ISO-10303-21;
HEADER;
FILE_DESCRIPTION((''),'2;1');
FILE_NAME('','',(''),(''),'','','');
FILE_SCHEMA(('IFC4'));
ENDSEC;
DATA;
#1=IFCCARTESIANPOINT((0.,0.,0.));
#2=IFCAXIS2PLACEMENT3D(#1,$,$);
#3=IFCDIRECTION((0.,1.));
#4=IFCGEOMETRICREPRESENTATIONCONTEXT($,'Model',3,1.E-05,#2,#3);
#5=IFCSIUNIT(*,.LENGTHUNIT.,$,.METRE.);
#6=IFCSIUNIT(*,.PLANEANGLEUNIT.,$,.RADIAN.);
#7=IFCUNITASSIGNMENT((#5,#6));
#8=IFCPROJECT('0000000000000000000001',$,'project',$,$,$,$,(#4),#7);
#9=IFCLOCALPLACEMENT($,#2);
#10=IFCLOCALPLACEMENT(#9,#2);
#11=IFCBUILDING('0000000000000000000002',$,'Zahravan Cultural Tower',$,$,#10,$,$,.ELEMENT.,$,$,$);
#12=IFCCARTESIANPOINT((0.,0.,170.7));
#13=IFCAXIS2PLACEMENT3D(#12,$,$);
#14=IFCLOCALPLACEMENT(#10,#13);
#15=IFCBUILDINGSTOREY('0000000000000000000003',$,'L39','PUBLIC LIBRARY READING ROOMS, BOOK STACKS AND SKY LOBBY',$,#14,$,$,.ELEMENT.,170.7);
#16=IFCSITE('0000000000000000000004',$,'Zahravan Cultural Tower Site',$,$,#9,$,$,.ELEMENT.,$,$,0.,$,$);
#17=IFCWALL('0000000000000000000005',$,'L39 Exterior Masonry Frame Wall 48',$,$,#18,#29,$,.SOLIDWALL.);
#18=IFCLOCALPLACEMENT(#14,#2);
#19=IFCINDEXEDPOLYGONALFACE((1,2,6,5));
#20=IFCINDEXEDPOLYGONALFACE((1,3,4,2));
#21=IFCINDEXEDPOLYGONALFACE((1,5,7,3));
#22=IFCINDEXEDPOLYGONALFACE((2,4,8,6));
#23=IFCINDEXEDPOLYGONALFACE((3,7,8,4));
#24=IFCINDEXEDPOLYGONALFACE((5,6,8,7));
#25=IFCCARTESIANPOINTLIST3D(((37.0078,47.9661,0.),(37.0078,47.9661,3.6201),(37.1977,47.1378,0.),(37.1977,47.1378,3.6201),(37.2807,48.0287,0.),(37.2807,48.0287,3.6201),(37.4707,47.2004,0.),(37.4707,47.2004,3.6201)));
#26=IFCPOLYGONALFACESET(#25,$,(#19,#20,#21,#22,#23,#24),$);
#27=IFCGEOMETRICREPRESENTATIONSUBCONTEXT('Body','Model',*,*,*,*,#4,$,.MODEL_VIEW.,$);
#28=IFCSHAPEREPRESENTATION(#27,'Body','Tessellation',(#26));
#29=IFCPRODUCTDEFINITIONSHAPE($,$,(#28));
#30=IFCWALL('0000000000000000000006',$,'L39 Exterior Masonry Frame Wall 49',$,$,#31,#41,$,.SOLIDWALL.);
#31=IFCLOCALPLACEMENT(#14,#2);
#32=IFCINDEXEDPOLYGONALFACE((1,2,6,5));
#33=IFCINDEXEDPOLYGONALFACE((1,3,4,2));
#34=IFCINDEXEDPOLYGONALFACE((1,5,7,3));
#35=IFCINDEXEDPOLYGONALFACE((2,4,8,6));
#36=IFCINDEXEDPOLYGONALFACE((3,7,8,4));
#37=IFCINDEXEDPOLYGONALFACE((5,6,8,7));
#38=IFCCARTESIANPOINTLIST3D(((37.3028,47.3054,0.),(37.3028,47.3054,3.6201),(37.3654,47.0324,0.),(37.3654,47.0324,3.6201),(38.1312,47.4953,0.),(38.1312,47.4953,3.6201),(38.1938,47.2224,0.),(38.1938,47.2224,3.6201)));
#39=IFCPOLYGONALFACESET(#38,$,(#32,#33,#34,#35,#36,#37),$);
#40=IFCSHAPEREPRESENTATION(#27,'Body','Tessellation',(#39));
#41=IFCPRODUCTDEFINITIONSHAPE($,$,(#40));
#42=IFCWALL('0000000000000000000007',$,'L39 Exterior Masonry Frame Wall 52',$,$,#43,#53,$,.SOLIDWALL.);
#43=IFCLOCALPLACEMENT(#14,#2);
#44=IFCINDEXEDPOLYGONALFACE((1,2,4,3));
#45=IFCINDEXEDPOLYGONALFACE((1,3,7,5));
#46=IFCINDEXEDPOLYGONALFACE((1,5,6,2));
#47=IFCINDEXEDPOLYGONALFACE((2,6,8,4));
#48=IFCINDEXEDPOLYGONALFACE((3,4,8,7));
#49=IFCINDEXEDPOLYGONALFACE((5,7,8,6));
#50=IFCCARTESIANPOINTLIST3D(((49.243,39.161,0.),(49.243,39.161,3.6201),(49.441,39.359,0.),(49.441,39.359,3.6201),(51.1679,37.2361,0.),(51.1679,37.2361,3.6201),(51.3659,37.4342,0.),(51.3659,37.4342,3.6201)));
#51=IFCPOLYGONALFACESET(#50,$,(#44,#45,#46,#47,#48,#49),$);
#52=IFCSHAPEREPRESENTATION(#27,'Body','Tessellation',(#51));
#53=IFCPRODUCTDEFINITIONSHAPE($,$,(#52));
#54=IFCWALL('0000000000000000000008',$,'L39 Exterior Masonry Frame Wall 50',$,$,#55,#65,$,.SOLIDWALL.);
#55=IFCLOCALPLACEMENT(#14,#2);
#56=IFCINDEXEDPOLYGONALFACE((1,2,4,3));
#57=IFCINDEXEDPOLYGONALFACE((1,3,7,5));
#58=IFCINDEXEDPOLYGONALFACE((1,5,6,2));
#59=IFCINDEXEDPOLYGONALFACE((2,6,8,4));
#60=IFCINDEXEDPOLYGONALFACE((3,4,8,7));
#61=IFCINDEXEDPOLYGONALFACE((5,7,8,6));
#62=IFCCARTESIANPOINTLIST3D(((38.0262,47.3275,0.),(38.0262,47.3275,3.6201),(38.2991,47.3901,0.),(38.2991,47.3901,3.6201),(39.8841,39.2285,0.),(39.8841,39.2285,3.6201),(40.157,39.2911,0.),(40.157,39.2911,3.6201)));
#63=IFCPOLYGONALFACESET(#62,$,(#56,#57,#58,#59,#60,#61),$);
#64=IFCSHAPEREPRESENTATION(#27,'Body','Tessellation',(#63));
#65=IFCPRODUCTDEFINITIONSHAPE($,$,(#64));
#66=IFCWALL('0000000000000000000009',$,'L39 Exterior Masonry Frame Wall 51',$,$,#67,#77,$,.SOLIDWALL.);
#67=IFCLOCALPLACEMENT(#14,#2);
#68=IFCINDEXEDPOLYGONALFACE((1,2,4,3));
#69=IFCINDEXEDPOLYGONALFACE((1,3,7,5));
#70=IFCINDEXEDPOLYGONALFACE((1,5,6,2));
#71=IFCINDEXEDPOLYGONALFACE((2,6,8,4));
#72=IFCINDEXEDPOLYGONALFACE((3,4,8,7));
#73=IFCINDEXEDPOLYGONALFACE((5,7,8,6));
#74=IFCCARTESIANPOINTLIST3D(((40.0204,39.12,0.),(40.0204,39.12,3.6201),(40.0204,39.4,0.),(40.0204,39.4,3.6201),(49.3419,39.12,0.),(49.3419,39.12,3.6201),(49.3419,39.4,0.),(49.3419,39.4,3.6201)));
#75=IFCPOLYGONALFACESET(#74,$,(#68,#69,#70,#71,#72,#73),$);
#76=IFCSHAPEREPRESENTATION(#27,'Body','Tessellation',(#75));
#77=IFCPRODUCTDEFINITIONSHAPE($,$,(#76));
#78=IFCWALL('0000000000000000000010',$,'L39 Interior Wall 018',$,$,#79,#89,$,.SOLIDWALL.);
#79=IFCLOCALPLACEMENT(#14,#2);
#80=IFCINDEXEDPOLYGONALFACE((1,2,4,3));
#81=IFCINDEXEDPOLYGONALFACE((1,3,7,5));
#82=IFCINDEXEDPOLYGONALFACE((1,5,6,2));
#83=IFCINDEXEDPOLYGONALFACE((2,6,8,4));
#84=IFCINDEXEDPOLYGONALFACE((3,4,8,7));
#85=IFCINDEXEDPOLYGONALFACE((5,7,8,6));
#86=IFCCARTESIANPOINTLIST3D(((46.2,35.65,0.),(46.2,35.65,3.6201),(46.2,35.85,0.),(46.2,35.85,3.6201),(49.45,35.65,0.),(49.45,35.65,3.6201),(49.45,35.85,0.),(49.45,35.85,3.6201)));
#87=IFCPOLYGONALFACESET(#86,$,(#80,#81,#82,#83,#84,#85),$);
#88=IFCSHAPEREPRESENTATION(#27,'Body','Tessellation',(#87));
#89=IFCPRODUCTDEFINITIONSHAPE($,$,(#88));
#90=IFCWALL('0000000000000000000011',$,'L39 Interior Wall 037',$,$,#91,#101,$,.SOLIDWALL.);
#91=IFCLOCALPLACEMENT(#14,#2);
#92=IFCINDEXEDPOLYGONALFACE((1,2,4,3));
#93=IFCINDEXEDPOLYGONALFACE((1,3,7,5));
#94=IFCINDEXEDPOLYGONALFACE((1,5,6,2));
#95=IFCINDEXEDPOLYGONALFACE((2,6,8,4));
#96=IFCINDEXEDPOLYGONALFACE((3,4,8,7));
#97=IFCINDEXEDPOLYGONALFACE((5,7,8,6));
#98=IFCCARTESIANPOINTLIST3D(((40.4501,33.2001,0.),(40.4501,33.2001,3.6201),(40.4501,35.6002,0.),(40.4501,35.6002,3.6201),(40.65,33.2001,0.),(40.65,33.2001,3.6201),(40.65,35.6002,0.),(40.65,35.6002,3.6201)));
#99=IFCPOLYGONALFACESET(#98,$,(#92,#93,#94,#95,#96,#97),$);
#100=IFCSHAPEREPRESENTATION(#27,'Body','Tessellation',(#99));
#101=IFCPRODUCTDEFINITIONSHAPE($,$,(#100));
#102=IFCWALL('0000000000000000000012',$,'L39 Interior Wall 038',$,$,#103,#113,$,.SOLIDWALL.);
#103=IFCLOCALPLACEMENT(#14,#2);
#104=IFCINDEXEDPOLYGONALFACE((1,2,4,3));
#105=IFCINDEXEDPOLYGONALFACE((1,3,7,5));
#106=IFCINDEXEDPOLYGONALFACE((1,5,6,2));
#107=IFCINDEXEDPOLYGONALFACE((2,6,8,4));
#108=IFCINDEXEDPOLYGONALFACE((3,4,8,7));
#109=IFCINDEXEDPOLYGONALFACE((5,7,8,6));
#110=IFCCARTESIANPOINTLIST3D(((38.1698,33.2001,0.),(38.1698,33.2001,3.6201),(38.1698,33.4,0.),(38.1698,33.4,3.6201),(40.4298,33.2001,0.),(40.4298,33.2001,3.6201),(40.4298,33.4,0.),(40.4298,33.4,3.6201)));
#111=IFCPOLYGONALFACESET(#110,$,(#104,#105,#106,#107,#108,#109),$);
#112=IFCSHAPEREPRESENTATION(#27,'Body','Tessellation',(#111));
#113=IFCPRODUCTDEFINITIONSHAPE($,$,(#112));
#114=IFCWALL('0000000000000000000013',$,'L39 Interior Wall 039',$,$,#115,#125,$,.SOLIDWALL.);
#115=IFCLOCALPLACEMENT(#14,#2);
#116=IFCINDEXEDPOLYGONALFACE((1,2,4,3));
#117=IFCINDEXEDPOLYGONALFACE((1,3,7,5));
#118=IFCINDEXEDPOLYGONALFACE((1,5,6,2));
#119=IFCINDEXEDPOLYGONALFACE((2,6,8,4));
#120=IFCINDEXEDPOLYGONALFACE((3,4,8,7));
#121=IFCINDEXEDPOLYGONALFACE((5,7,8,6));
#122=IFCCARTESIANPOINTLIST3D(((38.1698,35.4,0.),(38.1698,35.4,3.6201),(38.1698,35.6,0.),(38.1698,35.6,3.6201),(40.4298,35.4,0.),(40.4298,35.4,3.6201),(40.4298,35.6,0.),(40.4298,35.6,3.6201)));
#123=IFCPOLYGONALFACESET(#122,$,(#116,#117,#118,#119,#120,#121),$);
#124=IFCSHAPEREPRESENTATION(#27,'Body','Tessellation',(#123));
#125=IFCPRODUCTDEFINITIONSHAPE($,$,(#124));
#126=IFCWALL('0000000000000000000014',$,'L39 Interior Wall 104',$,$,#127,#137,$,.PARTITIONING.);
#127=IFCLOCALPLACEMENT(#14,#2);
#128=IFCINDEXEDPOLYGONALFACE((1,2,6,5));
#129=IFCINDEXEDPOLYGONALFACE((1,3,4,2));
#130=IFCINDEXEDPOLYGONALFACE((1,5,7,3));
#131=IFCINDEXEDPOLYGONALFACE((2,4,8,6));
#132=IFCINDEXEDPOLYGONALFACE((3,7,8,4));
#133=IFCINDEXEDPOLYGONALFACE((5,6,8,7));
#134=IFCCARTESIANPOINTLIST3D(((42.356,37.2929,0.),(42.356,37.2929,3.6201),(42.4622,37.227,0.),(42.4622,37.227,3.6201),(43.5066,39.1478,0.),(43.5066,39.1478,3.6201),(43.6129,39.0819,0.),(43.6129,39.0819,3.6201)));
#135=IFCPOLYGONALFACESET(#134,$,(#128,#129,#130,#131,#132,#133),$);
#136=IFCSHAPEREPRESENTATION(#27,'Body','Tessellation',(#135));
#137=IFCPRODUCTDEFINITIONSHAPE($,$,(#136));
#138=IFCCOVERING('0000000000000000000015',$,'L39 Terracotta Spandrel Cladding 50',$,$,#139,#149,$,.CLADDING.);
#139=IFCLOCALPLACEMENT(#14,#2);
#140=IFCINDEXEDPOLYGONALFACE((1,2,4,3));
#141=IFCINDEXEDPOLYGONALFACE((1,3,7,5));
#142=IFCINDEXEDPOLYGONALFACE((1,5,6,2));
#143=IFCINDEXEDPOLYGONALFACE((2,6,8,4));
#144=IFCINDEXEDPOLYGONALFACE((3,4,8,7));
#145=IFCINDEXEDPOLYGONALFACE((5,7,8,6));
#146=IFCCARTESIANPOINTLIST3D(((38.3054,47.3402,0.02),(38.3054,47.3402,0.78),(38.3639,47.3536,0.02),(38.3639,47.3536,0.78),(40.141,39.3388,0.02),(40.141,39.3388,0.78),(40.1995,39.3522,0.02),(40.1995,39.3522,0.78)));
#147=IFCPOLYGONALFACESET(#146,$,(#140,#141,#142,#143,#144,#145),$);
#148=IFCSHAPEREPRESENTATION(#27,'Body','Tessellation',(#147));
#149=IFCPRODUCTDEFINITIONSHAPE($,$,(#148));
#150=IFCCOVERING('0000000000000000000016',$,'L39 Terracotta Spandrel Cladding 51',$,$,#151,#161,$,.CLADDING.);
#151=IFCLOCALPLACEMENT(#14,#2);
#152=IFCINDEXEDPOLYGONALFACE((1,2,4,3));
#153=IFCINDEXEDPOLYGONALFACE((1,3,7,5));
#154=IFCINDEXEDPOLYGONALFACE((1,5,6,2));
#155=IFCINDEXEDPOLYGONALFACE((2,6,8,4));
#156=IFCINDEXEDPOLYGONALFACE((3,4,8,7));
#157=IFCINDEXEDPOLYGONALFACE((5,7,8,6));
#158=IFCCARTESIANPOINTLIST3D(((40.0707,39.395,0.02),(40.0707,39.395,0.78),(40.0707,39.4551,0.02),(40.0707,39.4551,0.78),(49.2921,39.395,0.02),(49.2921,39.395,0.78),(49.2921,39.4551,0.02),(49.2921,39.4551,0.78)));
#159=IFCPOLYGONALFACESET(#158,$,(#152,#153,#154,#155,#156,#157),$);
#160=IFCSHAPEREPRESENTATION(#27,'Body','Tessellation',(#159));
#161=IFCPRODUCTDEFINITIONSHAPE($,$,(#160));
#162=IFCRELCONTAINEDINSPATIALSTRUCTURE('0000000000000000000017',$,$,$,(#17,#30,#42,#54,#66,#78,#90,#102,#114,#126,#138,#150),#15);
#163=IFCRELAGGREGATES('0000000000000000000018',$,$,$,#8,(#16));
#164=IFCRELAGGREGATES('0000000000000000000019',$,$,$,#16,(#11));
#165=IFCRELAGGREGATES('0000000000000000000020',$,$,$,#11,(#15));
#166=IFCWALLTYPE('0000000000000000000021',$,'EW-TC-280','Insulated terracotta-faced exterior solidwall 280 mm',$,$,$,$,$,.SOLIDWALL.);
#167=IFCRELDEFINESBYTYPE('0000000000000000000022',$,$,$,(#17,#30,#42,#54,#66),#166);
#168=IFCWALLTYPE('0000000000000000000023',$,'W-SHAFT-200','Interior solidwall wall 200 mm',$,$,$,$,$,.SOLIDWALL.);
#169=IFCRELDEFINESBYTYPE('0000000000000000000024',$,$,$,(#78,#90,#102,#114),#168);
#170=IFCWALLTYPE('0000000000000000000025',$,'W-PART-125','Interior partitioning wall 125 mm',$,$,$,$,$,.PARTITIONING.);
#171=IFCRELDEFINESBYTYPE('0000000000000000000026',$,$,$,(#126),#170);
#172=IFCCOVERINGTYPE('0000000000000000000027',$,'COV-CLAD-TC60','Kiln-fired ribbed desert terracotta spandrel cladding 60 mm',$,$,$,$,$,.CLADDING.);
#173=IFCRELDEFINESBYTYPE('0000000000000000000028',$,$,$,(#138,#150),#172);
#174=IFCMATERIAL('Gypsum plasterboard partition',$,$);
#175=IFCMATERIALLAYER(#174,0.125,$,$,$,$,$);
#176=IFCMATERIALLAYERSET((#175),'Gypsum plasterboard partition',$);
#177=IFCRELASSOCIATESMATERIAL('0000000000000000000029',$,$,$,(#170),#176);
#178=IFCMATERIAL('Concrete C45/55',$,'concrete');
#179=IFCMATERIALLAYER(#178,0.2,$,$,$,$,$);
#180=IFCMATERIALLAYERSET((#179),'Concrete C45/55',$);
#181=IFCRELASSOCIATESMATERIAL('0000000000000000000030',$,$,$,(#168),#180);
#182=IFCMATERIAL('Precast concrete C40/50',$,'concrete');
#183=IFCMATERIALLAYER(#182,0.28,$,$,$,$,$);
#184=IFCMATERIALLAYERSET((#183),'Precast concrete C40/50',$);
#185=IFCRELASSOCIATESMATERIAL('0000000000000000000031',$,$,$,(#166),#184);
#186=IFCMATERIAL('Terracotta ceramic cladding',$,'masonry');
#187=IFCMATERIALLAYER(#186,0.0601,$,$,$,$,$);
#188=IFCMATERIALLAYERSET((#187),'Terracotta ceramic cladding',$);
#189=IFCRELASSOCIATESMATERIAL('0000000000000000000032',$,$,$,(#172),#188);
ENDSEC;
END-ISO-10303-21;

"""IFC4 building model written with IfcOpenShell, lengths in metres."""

from ifc_helpers import new_model, si_unit, direction, frame, frame_2d, origin, origin_2d, place, context, subcontext, project, spatial, rectangle, extrude, source, transform, mapped, material, layer, layer_set, type_object, element, save


model = new_model("IFC4")

# Units and contexts
model_context = context("Model", 3, precision=1e-05, world=origin(), true_north=direction((0.0, 1.0)))
body_context = subcontext(model_context, "Body", "Model", "MODEL_VIEW")
ifc_project = project(units=[si_unit("LENGTHUNIT", "METRE"), si_unit("PLANEANGLEUNIT", "RADIAN")], contexts=[model_context])

# Site, building, storey
site_placement = place(None, origin())
site = spatial("IfcSite", under=ifc_project, at=site_placement, Name="Zahravan Cultural Tower Site", CompositionType="ELEMENT", RefElevation=0.0)
building_placement = place(site_placement, origin())
building = spatial("IfcBuilding", under=site, at=building_placement, Name="Zahravan Cultural Tower", CompositionType="ELEMENT")
storey_placement = place(building_placement, frame((0.0, 0.0, 170.7)))
storey = spatial("IfcBuildingStorey", under=building, at=storey_placement, Name="L39", Description="PUBLIC LIBRARY READING ROOMS, BOOK STACKS AND SKY LOBBY", CompositionType="ELEMENT", Elevation=170.7)

# Shared definitions
ifc_material_1 = material(Name="Gypsum plasterboard partition")
ifc_layer_1 = layer(ifc_material_1, 0.125)
ifc_layer_set_1 = layer_set([ifc_layer_1], Name="Gypsum plasterboard partition")
wall_type_1 = type_object("IfcWallType", Name="W-PART-125", Description="Interior partitioning wall 125 mm", PredefinedType="PARTITIONING", material=ifc_layer_set_1)
ifc_material_2 = material(Name="Concrete C45/55", Category="concrete")
ifc_layer_2 = layer(ifc_material_2, 0.2)
ifc_layer_set_2 = layer_set([ifc_layer_2], Name="Concrete C45/55")
wall_type_2 = type_object("IfcWallType", Name="W-SHAFT-200", Description="Interior solidwall wall 200 mm", PredefinedType="SOLIDWALL", material=ifc_layer_set_2)

# Walls
ifc_material_3 = material(Name="Precast concrete C40/50", Category="concrete")
ifc_layer_3 = layer(ifc_material_3, 0.28)
ifc_layer_set_3 = layer_set([ifc_layer_3], Name="Precast concrete C40/50")
wall_type_3 = type_object("IfcWallType", Name="EW-TC-280", Description="Insulated terracotta-faced exterior solidwall 280 mm", PredefinedType="SOLIDWALL", material=ifc_layer_set_3)
shared_shape_1 = source(origin(), body_context, "Body", "SweptSolid", [
    extrude(rectangle(XDim=0.8499, YDim=0.28, at=frame_2d((0.4248, 0.0))), origin(), (0.0, 0.0, 1.0), 3.6201),
])
for number, where, z_axis, x_axis, name in (
    (1, (37.1443, 47.9973, 0.0), (0.0, 0.0, 1.0), (0.223496, -0.974705, 0.0), "L39 Exterior Masonry Frame Wall 48"),
    (2, (37.3342, 47.1689, 0.0), (0.0, 0.0, 1.0), (0.974705, 0.223496, 0.0), "L39 Exterior Masonry Frame Wall 49"),
):
    element("IfcWall", number, at=place(storey_placement, frame(where, z_axis=z_axis, x_axis=x_axis)), inside=storey, type_object=wall_type_3, Name=name, PredefinedType="SOLIDWALL", context=body_context, shape_type="MappedRepresentation", body=[
        mapped(shared_shape_1, transform((0.0, 0.0, 0.0), x_axis=(1.0, 0.0, 0.0), y_axis=(0.0, 1.0, 0.0), z_axis=(0.0, 0.0, 1.0), scale=1.0)),
    ])
shared_shape_2 = source(origin(), body_context, "Body", "SweptSolid", [
    extrude(rectangle(XDim=2.7222, YDim=0.28, at=frame_2d((1.3611, 0.0))), origin(), (0.0, 0.0, 1.0), 3.6201),
])
wall_1_placement = place(storey_placement, frame((49.342, 39.26, 0.0), z_axis=(0.0, 0.0, 1.0), x_axis=(0.707107, -0.707107, 0.0)))
element("IfcWall", 3, at=wall_1_placement, inside=storey, type_object=wall_type_3, Name="L39 Exterior Masonry Frame Wall 52", PredefinedType="SOLIDWALL", context=body_context, shape_type="MappedRepresentation", body=[
    mapped(shared_shape_2, transform((0.0, 0.0, 0.0), x_axis=(1.0, 0.0, 0.0), y_axis=(0.0, 1.0, 0.0), z_axis=(0.0, 0.0, 1.0), scale=1.0)),
])
shared_shape_3 = source(origin(), body_context, "Body", "SweptSolid", [
    extrude(rectangle(XDim=8.3093, YDim=0.28, at=frame_2d((4.1548, 0.0))), origin(), (0.0, 0.0, 1.0), 3.6201),
])
wall_2_placement = place(storey_placement, frame((38.1626, 47.3589, 0.0), z_axis=(0.0, 0.0, 1.0), x_axis=(0.223595, -0.974682, 0.0)))
element("IfcWall", 4, at=wall_2_placement, inside=storey, type_object=wall_type_3, Name="L39 Exterior Masonry Frame Wall 50", PredefinedType="SOLIDWALL", context=body_context, shape_type="MappedRepresentation", body=[
    mapped(shared_shape_3, transform((0.0, 0.0, 0.0), x_axis=(1.0, 0.0, 0.0), y_axis=(0.0, 1.0, 0.0), z_axis=(0.0, 0.0, 1.0), scale=1.0)),
])
shared_shape_4 = source(origin(), body_context, "Body", "SweptSolid", [
    extrude(rectangle(XDim=9.3215, YDim=0.28, at=frame_2d((4.6606, 0.0))), origin(), (0.0, 0.0, 1.0), 3.6201),
])
wall_3_placement = place(storey_placement, frame((40.0205, 39.26, 0.0), z_axis=(0.0, 0.0, 1.0), x_axis=(1.0, 0.0, 0.0)))
element("IfcWall", 5, at=wall_3_placement, inside=storey, type_object=wall_type_3, Name="L39 Exterior Masonry Frame Wall 51", PredefinedType="SOLIDWALL", context=body_context, shape_type="MappedRepresentation", body=[
    mapped(shared_shape_4, transform((0.0, 0.0, 0.0), x_axis=(1.0, 0.0, 0.0), y_axis=(0.0, 1.0, 0.0), z_axis=(0.0, 0.0, 1.0), scale=1.0)),
])
shared_shape_5 = source(origin(), body_context, "Body", "SweptSolid", [
    extrude(rectangle(XDim=3.25, YDim=0.2, at=frame_2d((1.625, 0.0))), origin(), (0.0, 0.0, 1.0), 3.6201),
])
wall_4_placement = place(storey_placement, frame((46.2, 35.75, 0.0), z_axis=(0.0, 0.0, 1.0), x_axis=(1.0, 0.0, 0.0)))
element("IfcWall", 6, at=wall_4_placement, inside=storey, type_object=wall_type_2, Name="L39 Interior Wall 018", PredefinedType="SOLIDWALL", context=body_context, shape_type="MappedRepresentation", body=[
    mapped(shared_shape_5, transform((0.0, 0.0, 0.0), x_axis=(1.0, 0.0, 0.0), y_axis=(0.0, 1.0, 0.0), z_axis=(0.0, 0.0, 1.0), scale=1.0)),
])
shared_shape_6 = source(origin(), body_context, "Body", "SweptSolid", [
    extrude(rectangle(XDim=2.4001, YDim=0.2, at=frame_2d((1.2002, 0.0))), origin(), (0.0, 0.0, 1.0), 3.6201),
])
wall_5_placement = place(storey_placement, frame((40.55, 33.2, 0.0), z_axis=(0.0, 0.0, 1.0), x_axis=(0.0, 1.0, 0.0)))
element("IfcWall", 7, at=wall_5_placement, inside=storey, type_object=wall_type_2, Name="L39 Interior Wall 037", PredefinedType="SOLIDWALL", context=body_context, shape_type="MappedRepresentation", body=[
    mapped(shared_shape_6, transform((0.0, 0.0, 0.0), x_axis=(1.0, 0.0, 0.0), y_axis=(0.0, 1.0, 0.0), z_axis=(0.0, 0.0, 1.0), scale=1.0)),
])
shared_shape_7 = source(origin(), body_context, "Body", "SweptSolid", [
    extrude(rectangle(XDim=2.26, YDim=0.2, at=frame_2d((1.1299, 0.0))), origin(), (0.0, 0.0, 1.0), 3.6201),
])
for number, where, z_axis, x_axis, name in (
    (8, (38.1699, 33.3, 0.0), (0.0, 0.0, 1.0), (1.0, 0.0, 0.0), "L39 Interior Wall 038"),
    (9, (38.1699, 35.5, 0.0), (0.0, 0.0, 1.0), (1.0, 0.0, 0.0), "L39 Interior Wall 039"),
):
    element("IfcWall", number, at=place(storey_placement, frame(where, z_axis=z_axis, x_axis=x_axis)), inside=storey, type_object=wall_type_2, Name=name, PredefinedType="SOLIDWALL", context=body_context, shape_type="MappedRepresentation", body=[
        mapped(shared_shape_7, transform((0.0, 0.0, 0.0), x_axis=(1.0, 0.0, 0.0), y_axis=(0.0, 1.0, 0.0), z_axis=(0.0, 0.0, 1.0), scale=1.0)),
    ])
shared_shape_8 = source(origin(), body_context, "Body", "SweptSolid", [
    extrude(rectangle(XDim=2.1829, YDim=0.125, at=frame_2d((1.0913, 0.0))), origin(), (0.0, 0.0, 1.0), 3.6201),
])
wall_6_placement = place(storey_placement, frame((42.4092, 37.26, 0.0), z_axis=(0.0, 0.0, 1.0), x_axis=(0.527121, 0.84979, 0.0)))
element("IfcWall", 10, at=wall_6_placement, inside=storey, type_object=wall_type_1, Name="L39 Interior Wall 104", PredefinedType="PARTITIONING", context=body_context, shape_type="MappedRepresentation", body=[
    mapped(shared_shape_8, transform((0.0, 0.0, 0.0), x_axis=(1.0, 0.0, 0.0), y_axis=(0.0, 1.0, 0.0), z_axis=(0.0, 0.0, 1.0), scale=1.0)),
])

# Coverings
ifc_material_4 = material(Name="Terracotta ceramic cladding", Category="masonry")
ifc_layer_4 = layer(ifc_material_4, 0.0601)
ifc_layer_set_4 = layer_set([ifc_layer_4], Name="Terracotta ceramic cladding")
covering_type = type_object("IfcCoveringType", Name="COV-CLAD-TC60", Description="Kiln-fired ribbed desert terracotta spandrel cladding 60 mm", PredefinedType="CLADDING", material=ifc_layer_set_4)
shared_shape_9 = source(origin(), body_context, "Body", "SweptSolid", [
    extrude(rectangle(XDim=8.2092, YDim=0.0601, at=origin_2d()), origin(), (0.0, 0.0, 1.0), 0.76),
])
covering_1_placement = place(storey_placement, frame((39.2524, 43.3462, 0.02), z_axis=(0.0, 0.0, 1.0), x_axis=(0.223607, -0.974679, 0.0)))
element("IfcCovering", 11, at=covering_1_placement, inside=storey, type_object=covering_type, Name="L39 Terracotta Spandrel Cladding 50", PredefinedType="CLADDING", context=body_context, shape_type="MappedRepresentation", body=[
    mapped(shared_shape_9, transform((0.0, 0.0, 0.0), x_axis=(1.0, 0.0, 0.0), y_axis=(0.0, 1.0, 0.0), z_axis=(0.0, 0.0, 1.0), scale=1.0)),
])
shared_shape_10 = source(origin(), body_context, "Body", "SweptSolid", [
    extrude(rectangle(XDim=9.2214, YDim=0.0601, at=origin_2d()), origin(), (0.0, 0.0, 1.0), 0.76),
])
covering_2_placement = place(storey_placement, frame((44.6814, 39.425, 0.02), z_axis=(0.0, 0.0, 1.0), x_axis=(1.0, 0.0, 0.0)))
element("IfcCovering", 12, at=covering_2_placement, inside=storey, type_object=covering_type, Name="L39 Terracotta Spandrel Cladding 51", PredefinedType="CLADDING", context=body_context, shape_type="MappedRepresentation", body=[
    mapped(shared_shape_10, transform((0.0, 0.0, 0.0), x_axis=(1.0, 0.0, 0.0), y_axis=(0.0, 1.0, 0.0), z_axis=(0.0, 0.0, 1.0), scale=1.0)),
])

save(model, "model.ifc")
